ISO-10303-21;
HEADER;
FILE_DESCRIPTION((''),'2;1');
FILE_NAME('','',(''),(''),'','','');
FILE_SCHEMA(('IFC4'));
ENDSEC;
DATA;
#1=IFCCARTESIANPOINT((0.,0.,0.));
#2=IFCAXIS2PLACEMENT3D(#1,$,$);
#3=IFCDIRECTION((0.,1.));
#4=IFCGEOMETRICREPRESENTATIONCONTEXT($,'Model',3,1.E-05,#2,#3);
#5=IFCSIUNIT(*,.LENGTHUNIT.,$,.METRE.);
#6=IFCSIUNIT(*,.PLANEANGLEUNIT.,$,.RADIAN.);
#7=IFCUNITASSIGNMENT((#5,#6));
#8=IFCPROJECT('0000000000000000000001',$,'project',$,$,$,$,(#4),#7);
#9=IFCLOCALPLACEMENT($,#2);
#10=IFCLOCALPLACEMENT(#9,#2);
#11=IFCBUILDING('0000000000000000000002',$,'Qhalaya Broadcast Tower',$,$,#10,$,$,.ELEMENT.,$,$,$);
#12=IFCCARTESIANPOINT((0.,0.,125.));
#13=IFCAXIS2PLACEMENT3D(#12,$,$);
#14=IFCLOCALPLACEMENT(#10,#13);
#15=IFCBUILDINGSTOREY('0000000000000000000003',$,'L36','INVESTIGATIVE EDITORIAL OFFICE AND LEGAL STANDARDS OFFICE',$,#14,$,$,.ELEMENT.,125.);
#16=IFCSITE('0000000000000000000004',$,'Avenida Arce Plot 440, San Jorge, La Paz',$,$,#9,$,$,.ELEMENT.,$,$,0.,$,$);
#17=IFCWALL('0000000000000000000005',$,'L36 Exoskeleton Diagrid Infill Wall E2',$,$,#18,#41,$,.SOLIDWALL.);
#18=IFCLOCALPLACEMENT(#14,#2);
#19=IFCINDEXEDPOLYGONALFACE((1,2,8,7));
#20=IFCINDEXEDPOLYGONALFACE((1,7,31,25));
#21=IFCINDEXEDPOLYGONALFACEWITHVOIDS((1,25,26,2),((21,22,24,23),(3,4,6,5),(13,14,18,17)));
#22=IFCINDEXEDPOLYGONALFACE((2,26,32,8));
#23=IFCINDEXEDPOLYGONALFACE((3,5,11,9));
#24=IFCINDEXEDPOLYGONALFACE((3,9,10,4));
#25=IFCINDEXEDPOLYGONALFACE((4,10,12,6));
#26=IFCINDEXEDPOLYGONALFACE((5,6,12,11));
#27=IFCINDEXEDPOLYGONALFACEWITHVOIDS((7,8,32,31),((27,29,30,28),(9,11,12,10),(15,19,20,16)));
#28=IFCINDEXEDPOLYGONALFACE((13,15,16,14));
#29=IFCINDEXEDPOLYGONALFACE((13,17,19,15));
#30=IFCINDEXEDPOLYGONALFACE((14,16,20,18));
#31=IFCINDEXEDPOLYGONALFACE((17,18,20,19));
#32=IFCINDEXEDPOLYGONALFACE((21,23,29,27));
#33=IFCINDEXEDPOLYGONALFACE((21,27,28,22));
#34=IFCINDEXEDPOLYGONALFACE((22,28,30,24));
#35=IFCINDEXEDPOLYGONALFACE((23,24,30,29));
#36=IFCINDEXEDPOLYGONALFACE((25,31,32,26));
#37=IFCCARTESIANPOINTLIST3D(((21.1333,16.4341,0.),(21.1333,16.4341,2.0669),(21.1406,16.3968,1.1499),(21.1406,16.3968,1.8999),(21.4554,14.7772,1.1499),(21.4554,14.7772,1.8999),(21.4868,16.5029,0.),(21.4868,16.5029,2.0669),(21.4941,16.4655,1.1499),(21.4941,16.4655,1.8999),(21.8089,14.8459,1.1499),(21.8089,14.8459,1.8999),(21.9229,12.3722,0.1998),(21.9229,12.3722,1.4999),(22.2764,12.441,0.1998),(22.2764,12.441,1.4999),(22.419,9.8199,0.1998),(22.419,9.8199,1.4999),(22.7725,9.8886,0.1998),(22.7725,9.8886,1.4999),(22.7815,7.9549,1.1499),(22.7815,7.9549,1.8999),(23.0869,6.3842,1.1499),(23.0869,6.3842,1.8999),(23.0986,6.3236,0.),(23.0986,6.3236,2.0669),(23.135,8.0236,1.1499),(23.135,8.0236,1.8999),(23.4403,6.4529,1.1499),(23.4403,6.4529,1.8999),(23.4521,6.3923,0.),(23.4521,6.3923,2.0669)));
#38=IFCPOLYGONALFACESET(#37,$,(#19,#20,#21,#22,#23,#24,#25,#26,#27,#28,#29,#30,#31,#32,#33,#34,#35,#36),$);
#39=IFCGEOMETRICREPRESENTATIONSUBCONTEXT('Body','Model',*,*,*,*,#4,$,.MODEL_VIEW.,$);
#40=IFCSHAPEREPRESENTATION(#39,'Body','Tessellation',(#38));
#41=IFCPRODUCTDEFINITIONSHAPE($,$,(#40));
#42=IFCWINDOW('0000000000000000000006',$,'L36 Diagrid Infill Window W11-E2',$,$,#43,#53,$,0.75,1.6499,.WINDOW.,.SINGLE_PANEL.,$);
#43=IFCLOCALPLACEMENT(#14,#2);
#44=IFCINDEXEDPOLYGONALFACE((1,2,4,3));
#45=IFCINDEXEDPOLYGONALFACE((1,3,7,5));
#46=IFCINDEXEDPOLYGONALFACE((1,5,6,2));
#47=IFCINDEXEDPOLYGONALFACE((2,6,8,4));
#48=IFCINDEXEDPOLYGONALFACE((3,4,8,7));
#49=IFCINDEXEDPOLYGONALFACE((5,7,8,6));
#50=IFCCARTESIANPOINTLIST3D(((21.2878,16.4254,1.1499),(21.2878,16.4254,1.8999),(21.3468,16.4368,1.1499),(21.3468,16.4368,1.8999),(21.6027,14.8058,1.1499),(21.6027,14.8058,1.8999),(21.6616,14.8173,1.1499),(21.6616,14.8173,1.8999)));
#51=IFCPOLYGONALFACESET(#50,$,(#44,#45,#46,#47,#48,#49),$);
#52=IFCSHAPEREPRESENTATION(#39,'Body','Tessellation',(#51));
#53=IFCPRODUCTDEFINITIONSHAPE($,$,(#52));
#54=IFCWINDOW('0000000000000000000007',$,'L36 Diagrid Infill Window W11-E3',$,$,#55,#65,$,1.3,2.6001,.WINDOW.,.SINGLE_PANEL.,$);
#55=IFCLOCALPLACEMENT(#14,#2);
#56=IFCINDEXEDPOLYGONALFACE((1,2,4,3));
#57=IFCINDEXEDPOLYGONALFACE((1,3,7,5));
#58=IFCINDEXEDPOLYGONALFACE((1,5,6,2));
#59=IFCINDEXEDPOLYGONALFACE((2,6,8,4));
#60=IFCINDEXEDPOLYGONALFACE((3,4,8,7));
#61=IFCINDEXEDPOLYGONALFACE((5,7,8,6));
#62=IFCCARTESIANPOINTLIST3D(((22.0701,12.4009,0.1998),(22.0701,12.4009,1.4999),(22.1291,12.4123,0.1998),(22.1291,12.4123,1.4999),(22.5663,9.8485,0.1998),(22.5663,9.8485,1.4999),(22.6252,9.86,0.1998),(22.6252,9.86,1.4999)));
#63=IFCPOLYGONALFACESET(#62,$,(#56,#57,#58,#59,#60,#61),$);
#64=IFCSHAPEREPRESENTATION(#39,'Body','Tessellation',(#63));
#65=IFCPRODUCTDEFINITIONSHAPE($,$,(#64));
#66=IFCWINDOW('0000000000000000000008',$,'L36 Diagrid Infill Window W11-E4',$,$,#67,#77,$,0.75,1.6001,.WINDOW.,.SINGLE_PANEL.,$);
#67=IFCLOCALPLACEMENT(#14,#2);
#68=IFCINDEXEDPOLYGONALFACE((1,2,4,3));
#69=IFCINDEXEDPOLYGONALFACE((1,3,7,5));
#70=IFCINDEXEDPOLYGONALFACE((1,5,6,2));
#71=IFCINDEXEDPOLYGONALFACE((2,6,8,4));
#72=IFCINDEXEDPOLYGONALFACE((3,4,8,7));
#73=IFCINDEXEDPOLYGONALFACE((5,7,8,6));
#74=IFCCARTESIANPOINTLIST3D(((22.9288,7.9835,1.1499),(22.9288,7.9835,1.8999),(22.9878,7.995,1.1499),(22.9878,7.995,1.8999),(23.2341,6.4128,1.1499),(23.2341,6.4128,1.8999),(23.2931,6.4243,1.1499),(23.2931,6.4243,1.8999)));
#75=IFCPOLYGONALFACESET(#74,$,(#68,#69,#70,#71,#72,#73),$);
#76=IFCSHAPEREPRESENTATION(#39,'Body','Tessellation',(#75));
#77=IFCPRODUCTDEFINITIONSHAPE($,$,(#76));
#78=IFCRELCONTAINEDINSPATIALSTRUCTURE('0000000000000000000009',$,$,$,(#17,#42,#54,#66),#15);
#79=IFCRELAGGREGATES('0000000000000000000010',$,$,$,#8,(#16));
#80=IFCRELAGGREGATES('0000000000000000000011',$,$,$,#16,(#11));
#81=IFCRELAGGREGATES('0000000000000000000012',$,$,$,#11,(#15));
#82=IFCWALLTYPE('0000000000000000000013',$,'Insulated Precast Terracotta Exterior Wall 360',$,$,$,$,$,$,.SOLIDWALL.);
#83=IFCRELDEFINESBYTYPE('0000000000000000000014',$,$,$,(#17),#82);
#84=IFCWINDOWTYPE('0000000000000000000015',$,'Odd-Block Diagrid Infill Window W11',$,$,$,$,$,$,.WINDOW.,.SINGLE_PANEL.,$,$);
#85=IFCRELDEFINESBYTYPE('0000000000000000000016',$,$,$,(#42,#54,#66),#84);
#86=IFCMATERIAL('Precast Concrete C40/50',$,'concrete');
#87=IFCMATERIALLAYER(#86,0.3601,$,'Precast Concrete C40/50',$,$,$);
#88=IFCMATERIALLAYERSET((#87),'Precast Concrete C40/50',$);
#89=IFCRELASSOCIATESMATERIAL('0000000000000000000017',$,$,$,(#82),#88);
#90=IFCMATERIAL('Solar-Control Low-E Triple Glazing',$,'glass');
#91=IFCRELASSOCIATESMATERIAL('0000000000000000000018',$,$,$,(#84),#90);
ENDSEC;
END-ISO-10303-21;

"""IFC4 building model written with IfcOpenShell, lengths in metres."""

from ifc_helpers import new_model, si_unit, direction, frame, frame_2d, origin, place, context, subcontext, project, spatial, rectangle, extrude, material, layer, layer_set, type_object, element, fill, save


model = new_model("IFC4")

# Units and contexts
model_context = context("Model", 3, precision=1e-05, world=origin(), true_north=direction((0.0, 1.0)))
body_context = subcontext(model_context, "Body", "Model", "MODEL_VIEW")
ifc_project = project(units=[si_unit("LENGTHUNIT", "METRE"), si_unit("PLANEANGLEUNIT", "RADIAN")], contexts=[model_context])

# Site, building, storey
site_placement = place(None, origin())
site = spatial("IfcSite", under=ifc_project, at=site_placement, Name="Avenida Arce Plot 440, San Jorge, La Paz", CompositionType="ELEMENT", RefElevation=0.0)
building_placement = place(site_placement, origin())
building = spatial("IfcBuilding", under=site, at=building_placement, Name="Qhalaya Broadcast Tower", CompositionType="ELEMENT")
storey_placement = place(building_placement, frame((0.0, 0.0, 125.0)))
storey = spatial("IfcBuildingStorey", under=building, at=storey_placement, Name="L36", Description="INVESTIGATIVE EDITORIAL OFFICE AND LEGAL STANDARDS OFFICE", CompositionType="ELEMENT", Elevation=125.0)

# Shared definitions
ifc_material_1 = material(Name="Precast Concrete C40/50", Category="concrete")
ifc_layer_1 = layer(ifc_material_1, 0.3601, Name="Precast Concrete C40/50")
ifc_layer_set_1 = layer_set([ifc_layer_1], Name="Precast Concrete C40/50")
wall_type = type_object("IfcWallType", Name="Insulated Precast Terracotta Exterior Wall 360", PredefinedType="SOLIDWALL", material=ifc_layer_set_1)
ifc_material_2 = material(Name="Solar-Control Low-E Triple Glazing", Category="glass")
window_type = type_object("IfcWindowType", Name="Odd-Block Diagrid Infill Window W11", PartitioningType="SINGLE_PANEL", PredefinedType="WINDOW", material=ifc_material_2)

# Wall, openings, windows
wall_1_placement = place(storey_placement, frame((21.3101, 16.4685, 0.0), z_axis=(0.0, 0.0, 1.0), x_axis=(0.190812, -0.981627, 0.0)))
wall_1 = element("IfcWall", 1, at=wall_1_placement, inside=storey, type_object=wall_type, Name="L36 Exoskeleton Diagrid Infill Wall E2", PredefinedType="SOLIDWALL", context=body_context, shape_type="SweptSolid", body=[
    extrude(rectangle(XDim=10.2998, YDim=0.3601, at=frame_2d((5.1499, 0.0))), origin(), (0.0, 0.0, 1.0), 2.0669),
])
opening_1_placement = place(wall_1_placement, frame((0.0381, 0.0, 1.1499)))
opening_1 = element("IfcOpeningElement", 2, at=opening_1_placement, cuts=wall_1, PredefinedType="OPENING", context=body_context, shape_type="SweptSolid", body=[
    extrude(rectangle(XDim=1.6499, YDim=0.75, at=frame_2d((0.825, 0.375))), frame((0.0, 0.1921, 0.0), z_axis=(0.0, -1.0, 0.0), x_axis=(1.0, 0.0, 0.0)), (0.0, 0.0, 1.0), 0.384),
])
opening_2_placement = place(wall_1_placement, frame((4.1379, 0.0, 0.2)))
opening_2 = element("IfcOpeningElement", 3, at=opening_2_placement, cuts=wall_1, PredefinedType="OPENING", context=body_context, shape_type="SweptSolid", body=[
    extrude(rectangle(XDim=2.6001, YDim=1.3, at=frame_2d((1.3, 0.6499))), frame((0.0, 0.1921, 0.0), z_axis=(0.0, -1.0, 0.0), x_axis=(1.0, 0.0, 0.0)), (0.0, 0.0, 1.0), 0.384),
])
opening_3_placement = place(wall_1_placement, frame((8.6379, 0.0, 1.1499)))
opening_3 = element("IfcOpeningElement", 4, at=opening_3_placement, cuts=wall_1, PredefinedType="OPENING", context=body_context, shape_type="SweptSolid", body=[
    extrude(rectangle(XDim=1.6001, YDim=0.75, at=frame_2d((0.8, 0.375))), frame((0.0, 0.1921, 0.0), z_axis=(0.0, -1.0, 0.0), x_axis=(1.0, 0.0, 0.0)), (0.0, 0.0, 1.0), 0.384),
])
window_1_placement = place(opening_1_placement, origin())
window_1 = element("IfcWindow", 5, at=window_1_placement, inside=storey, type_object=window_type, Name="L36 Diagrid Infill Window W11-E2", OverallHeight=0.75, OverallWidth=1.6499, PartitioningType="SINGLE_PANEL", PredefinedType="WINDOW", context=body_context, shape_type="SweptSolid", body=[
    extrude(rectangle(XDim=1.6499, YDim=0.75, at=frame_2d((0.825, 0.375))), frame((0.0, 0.03, 0.0), z_axis=(0.0, -1.0, 0.0), x_axis=(1.0, 0.0, 0.0)), (0.0, 0.0, 1.0), 0.0601),
])
fill(opening_1, window_1)
window_2_placement = place(opening_2_placement, origin())
window_2 = element("IfcWindow", 6, at=window_2_placement, inside=storey, type_object=window_type, Name="L36 Diagrid Infill Window W11-E3", OverallHeight=1.3, OverallWidth=2.6001, PartitioningType="SINGLE_PANEL", PredefinedType="WINDOW", context=body_context, shape_type="SweptSolid", body=[
    extrude(rectangle(XDim=2.6001, YDim=1.3, at=frame_2d((1.3, 0.6499))), frame((0.0, 0.03, 0.0), z_axis=(0.0, -1.0, 0.0), x_axis=(1.0, 0.0, 0.0)), (0.0, 0.0, 1.0), 0.0601),
])
fill(opening_2, window_2)
window_3_placement = place(opening_3_placement, origin())
window_3 = element("IfcWindow", 7, at=window_3_placement, inside=storey, type_object=window_type, Name="L36 Diagrid Infill Window W11-E4", OverallHeight=0.75, OverallWidth=1.6001, PartitioningType="SINGLE_PANEL", PredefinedType="WINDOW", context=body_context, shape_type="SweptSolid", body=[
    extrude(rectangle(XDim=1.6001, YDim=0.75, at=frame_2d((0.8, 0.375))), frame((0.0, 0.03, 0.0), z_axis=(0.0, -1.0, 0.0), x_axis=(1.0, 0.0, 0.0)), (0.0, 0.0, 1.0), 0.0601),
])
fill(opening_3, window_3)

save(model, "model.ifc")
